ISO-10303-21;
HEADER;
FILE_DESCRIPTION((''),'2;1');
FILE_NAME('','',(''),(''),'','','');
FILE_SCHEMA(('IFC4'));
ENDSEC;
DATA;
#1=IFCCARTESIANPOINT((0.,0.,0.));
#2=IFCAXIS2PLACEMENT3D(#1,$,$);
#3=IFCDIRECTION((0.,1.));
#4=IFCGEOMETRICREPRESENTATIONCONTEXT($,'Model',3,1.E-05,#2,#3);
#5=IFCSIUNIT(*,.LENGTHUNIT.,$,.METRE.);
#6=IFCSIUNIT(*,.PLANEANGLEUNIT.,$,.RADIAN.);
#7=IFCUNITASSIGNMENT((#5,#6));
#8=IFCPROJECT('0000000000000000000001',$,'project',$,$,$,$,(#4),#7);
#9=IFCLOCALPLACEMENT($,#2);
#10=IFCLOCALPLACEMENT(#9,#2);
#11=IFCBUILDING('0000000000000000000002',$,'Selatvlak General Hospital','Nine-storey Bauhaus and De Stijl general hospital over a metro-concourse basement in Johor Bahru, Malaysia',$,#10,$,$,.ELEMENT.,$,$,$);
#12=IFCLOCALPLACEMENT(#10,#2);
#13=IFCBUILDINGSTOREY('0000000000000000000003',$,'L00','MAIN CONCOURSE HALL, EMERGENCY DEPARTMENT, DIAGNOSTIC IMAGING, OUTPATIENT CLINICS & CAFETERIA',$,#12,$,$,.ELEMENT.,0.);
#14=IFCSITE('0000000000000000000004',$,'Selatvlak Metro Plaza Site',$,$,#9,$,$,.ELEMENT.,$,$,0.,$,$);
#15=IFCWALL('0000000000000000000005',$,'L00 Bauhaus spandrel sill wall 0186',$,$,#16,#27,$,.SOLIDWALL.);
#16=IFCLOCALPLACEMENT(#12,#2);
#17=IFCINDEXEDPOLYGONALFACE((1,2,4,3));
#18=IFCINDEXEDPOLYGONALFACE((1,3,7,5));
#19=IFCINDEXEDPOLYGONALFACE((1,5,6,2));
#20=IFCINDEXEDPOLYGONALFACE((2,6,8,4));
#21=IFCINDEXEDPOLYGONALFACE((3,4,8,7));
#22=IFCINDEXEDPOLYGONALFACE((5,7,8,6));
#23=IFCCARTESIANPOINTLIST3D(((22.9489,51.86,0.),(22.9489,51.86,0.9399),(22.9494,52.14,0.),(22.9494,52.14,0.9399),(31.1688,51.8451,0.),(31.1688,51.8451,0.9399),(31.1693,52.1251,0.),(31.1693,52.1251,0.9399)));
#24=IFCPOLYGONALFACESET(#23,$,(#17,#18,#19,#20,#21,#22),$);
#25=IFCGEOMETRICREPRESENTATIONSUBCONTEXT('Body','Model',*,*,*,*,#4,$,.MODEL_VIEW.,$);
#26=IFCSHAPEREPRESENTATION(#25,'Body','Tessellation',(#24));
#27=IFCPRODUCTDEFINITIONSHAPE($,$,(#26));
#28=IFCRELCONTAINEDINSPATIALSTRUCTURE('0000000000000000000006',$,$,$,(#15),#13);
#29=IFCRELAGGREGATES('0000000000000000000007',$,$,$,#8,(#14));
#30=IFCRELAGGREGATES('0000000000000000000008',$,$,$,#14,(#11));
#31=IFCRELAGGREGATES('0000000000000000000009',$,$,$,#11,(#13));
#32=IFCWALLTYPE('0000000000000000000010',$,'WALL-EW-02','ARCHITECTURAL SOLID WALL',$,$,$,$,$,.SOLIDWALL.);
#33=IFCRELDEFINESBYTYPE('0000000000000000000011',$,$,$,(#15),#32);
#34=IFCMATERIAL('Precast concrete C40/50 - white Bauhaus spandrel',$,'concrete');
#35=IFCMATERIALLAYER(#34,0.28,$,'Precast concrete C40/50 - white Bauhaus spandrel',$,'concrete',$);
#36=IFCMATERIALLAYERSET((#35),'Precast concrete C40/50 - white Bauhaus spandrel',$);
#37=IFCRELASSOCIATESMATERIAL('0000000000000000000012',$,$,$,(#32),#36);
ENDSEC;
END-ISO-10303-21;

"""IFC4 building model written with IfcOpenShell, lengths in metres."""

from ifc_helpers import new_model, si_unit, direction, frame, frame_2d, origin, place, context, subcontext, project, spatial, rectangle, extrude, material, layer, layer_set, type_object, element, save


model = new_model("IFC4")

# Units and contexts
model_context = context("Model", 3, precision=1e-05, world=origin(), true_north=direction((0.0, 1.0)))
body_context = subcontext(model_context, "Body", "Model", "MODEL_VIEW")
ifc_project = project(units=[si_unit("LENGTHUNIT", "METRE"), si_unit("PLANEANGLEUNIT", "RADIAN")], contexts=[model_context])

# Site, building, storey
site_placement = place(None, origin())
site = spatial("IfcSite", under=ifc_project, at=site_placement, Name="Selatvlak Metro Plaza Site", CompositionType="ELEMENT", RefElevation=0.0)
building_placement = place(site_placement, origin())
building = spatial("IfcBuilding", under=site, at=building_placement, Name="Selatvlak General Hospital", Description="Nine-storey Bauhaus and De Stijl general hospital over a metro-concourse basement in Johor Bahru, Malaysia", CompositionType="ELEMENT")
storey_placement = place(building_placement, origin())
storey = spatial("IfcBuildingStorey", under=building, at=storey_placement, Name="L00", Description="MAIN CONCOURSE HALL, EMERGENCY DEPARTMENT, DIAGNOSTIC IMAGING, OUTPATIENT CLINICS & CAFETERIA", CompositionType="ELEMENT", Elevation=0.0)

# Wall
ifc_material_1 = material(Name="Precast concrete C40/50 - white Bauhaus spandrel", Category="concrete")
ifc_layer_1 = layer(ifc_material_1, 0.28, Name="Precast concrete C40/50 - white Bauhaus spandrel", Category="concrete")
ifc_layer_set_1 = layer_set([ifc_layer_1], Name="Precast concrete C40/50 - white Bauhaus spandrel")
wall_type = type_object("IfcWallType", Name="WALL-EW-02", Description="ARCHITECTURAL SOLID WALL", PredefinedType="SOLIDWALL", material=ifc_layer_set_1)
wall_placement = place(storey_placement, frame((31.1689, 51.9851, 0.0), z_axis=(0.0, 0.0, 1.0), x_axis=(-0.999998, 0.001812, 0.0)))
element("IfcWall", 1, at=wall_placement, inside=storey, type_object=wall_type, Name="L00 Bauhaus spandrel sill wall 0186", PredefinedType="SOLIDWALL", context=body_context, shape_type="SweptSolid", body=[
    extrude(rectangle(XDim=8.22, YDim=0.28, at=frame_2d((4.1099, 0.0))), origin(), (0.0, 0.0, 1.0), 0.9399),
])

save(model, "model.ifc")
